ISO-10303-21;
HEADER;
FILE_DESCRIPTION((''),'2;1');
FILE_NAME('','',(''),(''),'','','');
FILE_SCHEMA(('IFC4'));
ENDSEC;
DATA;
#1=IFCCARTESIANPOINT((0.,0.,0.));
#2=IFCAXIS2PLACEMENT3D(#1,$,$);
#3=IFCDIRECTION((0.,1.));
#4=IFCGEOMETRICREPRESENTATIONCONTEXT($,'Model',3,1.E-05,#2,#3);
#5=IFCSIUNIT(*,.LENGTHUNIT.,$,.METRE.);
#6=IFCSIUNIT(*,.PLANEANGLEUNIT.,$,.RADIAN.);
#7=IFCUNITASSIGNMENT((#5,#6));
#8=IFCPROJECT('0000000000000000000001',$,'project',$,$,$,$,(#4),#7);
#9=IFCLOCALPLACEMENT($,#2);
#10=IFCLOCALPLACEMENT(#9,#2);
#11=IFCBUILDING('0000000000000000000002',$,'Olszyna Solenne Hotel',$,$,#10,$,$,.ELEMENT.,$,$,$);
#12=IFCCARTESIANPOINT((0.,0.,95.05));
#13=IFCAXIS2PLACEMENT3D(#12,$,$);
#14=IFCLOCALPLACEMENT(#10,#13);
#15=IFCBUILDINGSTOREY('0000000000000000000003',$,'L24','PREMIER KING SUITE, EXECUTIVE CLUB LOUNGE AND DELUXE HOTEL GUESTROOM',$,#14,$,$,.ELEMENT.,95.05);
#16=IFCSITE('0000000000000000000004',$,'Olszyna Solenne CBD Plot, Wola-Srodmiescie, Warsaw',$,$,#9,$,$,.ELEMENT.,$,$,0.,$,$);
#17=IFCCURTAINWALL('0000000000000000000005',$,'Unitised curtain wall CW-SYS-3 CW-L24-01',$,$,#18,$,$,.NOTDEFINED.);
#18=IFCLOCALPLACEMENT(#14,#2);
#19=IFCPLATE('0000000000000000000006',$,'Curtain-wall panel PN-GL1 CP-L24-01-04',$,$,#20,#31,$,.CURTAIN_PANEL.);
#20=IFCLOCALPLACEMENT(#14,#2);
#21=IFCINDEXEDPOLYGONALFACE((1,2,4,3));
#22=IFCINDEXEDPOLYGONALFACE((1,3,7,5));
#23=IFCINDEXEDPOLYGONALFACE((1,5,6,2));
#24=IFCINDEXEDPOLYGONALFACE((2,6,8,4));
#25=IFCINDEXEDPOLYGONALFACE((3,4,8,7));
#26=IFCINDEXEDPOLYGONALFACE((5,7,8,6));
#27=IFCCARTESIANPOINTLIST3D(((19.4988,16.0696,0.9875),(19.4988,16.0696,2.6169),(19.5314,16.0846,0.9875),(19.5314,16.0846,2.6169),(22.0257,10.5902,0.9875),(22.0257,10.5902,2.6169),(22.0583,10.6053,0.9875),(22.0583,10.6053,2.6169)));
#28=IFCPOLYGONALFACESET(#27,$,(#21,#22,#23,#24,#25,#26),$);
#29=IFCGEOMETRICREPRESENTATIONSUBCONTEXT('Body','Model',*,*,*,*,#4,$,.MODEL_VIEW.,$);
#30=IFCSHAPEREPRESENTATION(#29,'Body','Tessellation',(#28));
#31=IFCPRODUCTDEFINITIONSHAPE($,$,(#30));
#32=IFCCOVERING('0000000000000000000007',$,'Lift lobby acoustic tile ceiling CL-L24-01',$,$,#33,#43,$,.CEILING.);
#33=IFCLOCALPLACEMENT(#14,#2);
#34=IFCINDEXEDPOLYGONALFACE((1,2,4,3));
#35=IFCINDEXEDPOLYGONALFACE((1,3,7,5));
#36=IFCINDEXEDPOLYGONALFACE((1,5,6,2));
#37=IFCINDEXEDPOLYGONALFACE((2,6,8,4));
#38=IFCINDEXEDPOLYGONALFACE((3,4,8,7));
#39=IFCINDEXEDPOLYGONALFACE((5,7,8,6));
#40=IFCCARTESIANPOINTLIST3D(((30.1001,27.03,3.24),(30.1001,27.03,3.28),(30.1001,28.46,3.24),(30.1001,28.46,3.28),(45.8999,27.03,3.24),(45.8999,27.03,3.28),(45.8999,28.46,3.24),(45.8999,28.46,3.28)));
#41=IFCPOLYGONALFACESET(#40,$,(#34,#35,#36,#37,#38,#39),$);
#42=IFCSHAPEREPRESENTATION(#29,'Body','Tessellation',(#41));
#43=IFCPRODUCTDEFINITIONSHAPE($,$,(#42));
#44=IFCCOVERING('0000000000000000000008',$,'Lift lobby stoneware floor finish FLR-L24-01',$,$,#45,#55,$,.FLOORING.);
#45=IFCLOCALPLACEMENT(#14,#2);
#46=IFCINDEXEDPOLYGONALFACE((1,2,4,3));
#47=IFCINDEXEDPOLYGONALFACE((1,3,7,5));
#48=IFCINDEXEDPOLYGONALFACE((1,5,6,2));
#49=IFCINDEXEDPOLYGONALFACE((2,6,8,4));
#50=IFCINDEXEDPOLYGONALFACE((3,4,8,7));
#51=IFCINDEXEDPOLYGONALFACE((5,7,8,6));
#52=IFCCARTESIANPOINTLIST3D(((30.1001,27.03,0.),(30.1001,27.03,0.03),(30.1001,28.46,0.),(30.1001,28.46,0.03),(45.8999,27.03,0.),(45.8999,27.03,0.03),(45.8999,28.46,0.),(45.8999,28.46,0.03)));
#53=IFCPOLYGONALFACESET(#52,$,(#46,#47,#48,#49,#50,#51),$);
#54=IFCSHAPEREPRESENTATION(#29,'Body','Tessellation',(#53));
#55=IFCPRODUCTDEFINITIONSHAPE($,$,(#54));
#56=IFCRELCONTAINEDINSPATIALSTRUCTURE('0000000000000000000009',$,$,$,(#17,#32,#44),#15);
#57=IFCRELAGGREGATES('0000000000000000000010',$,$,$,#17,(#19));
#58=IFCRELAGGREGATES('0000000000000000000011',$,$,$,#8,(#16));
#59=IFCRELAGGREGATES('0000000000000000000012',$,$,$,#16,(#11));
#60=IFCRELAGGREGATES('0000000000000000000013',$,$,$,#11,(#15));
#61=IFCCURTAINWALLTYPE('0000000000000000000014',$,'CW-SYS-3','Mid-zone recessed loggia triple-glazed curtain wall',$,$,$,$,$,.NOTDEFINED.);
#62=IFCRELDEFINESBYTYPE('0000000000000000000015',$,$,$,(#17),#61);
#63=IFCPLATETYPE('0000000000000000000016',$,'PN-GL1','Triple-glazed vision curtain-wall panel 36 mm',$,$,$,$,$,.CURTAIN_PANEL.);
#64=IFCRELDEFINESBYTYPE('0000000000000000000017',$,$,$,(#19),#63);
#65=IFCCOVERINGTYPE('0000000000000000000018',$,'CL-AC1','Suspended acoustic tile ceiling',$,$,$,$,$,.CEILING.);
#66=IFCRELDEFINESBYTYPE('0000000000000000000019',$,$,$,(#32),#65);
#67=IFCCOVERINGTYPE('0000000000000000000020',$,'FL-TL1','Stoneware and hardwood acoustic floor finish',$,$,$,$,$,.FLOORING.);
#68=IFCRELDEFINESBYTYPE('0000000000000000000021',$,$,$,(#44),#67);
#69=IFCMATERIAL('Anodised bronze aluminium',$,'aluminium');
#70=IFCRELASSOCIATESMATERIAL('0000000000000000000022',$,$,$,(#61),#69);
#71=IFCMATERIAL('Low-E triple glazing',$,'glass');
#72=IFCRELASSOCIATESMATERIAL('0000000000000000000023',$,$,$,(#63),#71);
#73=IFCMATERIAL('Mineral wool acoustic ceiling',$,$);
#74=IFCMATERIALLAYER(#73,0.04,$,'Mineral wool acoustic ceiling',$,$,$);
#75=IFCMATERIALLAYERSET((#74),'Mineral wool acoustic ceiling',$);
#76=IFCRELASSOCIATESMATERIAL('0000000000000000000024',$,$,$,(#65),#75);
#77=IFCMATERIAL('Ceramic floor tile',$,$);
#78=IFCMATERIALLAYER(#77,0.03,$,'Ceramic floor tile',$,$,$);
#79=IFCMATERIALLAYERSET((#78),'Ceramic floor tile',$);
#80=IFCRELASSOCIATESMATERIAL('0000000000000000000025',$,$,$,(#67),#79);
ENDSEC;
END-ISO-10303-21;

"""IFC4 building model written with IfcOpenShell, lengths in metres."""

from ifc_helpers import new_model, si_unit, direction, frame, origin, origin_2d, place, context, subcontext, project, spatial, polyline, rectangle, outline, extrude, source, transform, mapped, material, layer, layer_set, type_object, element, aggregate, save


model = new_model("IFC4")

# Units and contexts
model_context = context("Model", 3, precision=1e-05, world=origin(), true_north=direction((0.0, 1.0)))
body_context = subcontext(model_context, "Body", "Model", "MODEL_VIEW")
ifc_project = project(units=[si_unit("LENGTHUNIT", "METRE"), si_unit("PLANEANGLEUNIT", "RADIAN")], contexts=[model_context])

# Site, building, storey
site_placement = place(None, origin())
site = spatial("IfcSite", under=ifc_project, at=site_placement, Name="Olszyna Solenne CBD Plot, Wola-Srodmiescie, Warsaw", CompositionType="ELEMENT", RefElevation=0.0)
building_placement = place(site_placement, origin())
building = spatial("IfcBuilding", under=site, at=building_placement, Name="Olszyna Solenne Hotel", CompositionType="ELEMENT")
storey_placement = place(building_placement, frame((0.0, 0.0, 95.05)))
storey = spatial("IfcBuildingStorey", under=building, at=storey_placement, Name="L24", Description="PREMIER KING SUITE, EXECUTIVE CLUB LOUNGE AND DELUXE HOTEL GUESTROOM", CompositionType="ELEMENT", Elevation=95.05)

# Curtain wall
ifc_material_1 = material(Name="Anodised bronze aluminium", Category="aluminium")
curtain_wall_type = type_object("IfcCurtainWallType", Name="CW-SYS-3", Description="Mid-zone recessed loggia triple-glazed curtain wall", PredefinedType="NOTDEFINED", material=ifc_material_1)
curtain_wall_placement = place(storey_placement, origin())
curtain_wall = element("IfcCurtainWall", 1, at=curtain_wall_placement, inside=storey, type_object=curtain_wall_type, Name="Unitised curtain wall CW-SYS-3 CW-L24-01", PredefinedType="NOTDEFINED")

# Plate
ifc_material_2 = material(Name="Low-E triple glazing", Category="glass")
plate_type_1 = type_object("IfcPlateType", Name="PN-GL1", Description="Triple-glazed vision curtain-wall panel 36 mm", PredefinedType="CURTAIN_PANEL", material=ifc_material_2)
shared_shape_1 = source(origin(), body_context, "Body", "SweptSolid", [
    extrude(rectangle(XDim=6.0339, YDim=0.0359, at=origin_2d()), origin(), (0.0, 0.0, 1.0), 1.6294),
])
plate_1_placement = place(storey_placement, frame((20.7786, 13.3374, 0.9875), z_axis=(0.0, 0.0, 1.0), x_axis=(0.418785, -0.908085, 0.0)))
plate_1 = element("IfcPlate", 2, at=plate_1_placement, type_object=plate_type_1, Name="Curtain-wall panel PN-GL1 CP-L24-01-04", PredefinedType="CURTAIN_PANEL", context=body_context, shape_type="MappedRepresentation", body=[
    mapped(shared_shape_1, transform((0.0, 0.0, 0.0), x_axis=(1.0, 0.0, 0.0), y_axis=(0.0, 1.0, 0.0), z_axis=(0.0, 0.0, 1.0), scale=1.0)),
])
aggregate(curtain_wall, [plate_1])

# Coverings
ifc_material_3 = material(Name="Mineral wool acoustic ceiling")
ifc_layer_1 = layer(ifc_material_3, 0.04, Name="Mineral wool acoustic ceiling")
ifc_layer_set_1 = layer_set([ifc_layer_1], Name="Mineral wool acoustic ceiling")
covering_type_1 = type_object("IfcCoveringType", Name="CL-AC1", Description="Suspended acoustic tile ceiling", PredefinedType="CEILING", material=ifc_layer_set_1)
covering_1_placement = place(storey_placement, frame((0.0, 0.0, 3.24)))
element("IfcCovering", 3, at=covering_1_placement, inside=storey, type_object=covering_type_1, Name="Lift lobby acoustic tile ceiling CL-L24-01", PredefinedType="CEILING", context=body_context, shape_type="SweptSolid", body=[
    extrude(outline(polyline([(30.1001, 27.03), (45.8999, 27.03), (45.8999, 28.46), (30.1001, 28.46), (30.1001, 27.03)])), origin(), (0.0, 0.0, 1.0), 0.04),
])
ifc_material_4 = material(Name="Ceramic floor tile")
ifc_layer_2 = layer(ifc_material_4, 0.03, Name="Ceramic floor tile")
ifc_layer_set_2 = layer_set([ifc_layer_2], Name="Ceramic floor tile")
covering_type_2 = type_object("IfcCoveringType", Name="FL-TL1", Description="Stoneware and hardwood acoustic floor finish", PredefinedType="FLOORING", material=ifc_layer_set_2)
covering_2_placement = place(storey_placement, origin())
element("IfcCovering", 4, at=covering_2_placement, inside=storey, type_object=covering_type_2, Name="Lift lobby stoneware floor finish FLR-L24-01", PredefinedType="FLOORING", context=body_context, shape_type="SweptSolid", body=[
    extrude(outline(polyline([(30.1001, 27.03), (45.8999, 27.03), (45.8999, 28.46), (30.1001, 28.46), (30.1001, 27.03)])), origin(), (0.0, 0.0, 1.0), 0.03),
])

save(model, "model.ifc")
